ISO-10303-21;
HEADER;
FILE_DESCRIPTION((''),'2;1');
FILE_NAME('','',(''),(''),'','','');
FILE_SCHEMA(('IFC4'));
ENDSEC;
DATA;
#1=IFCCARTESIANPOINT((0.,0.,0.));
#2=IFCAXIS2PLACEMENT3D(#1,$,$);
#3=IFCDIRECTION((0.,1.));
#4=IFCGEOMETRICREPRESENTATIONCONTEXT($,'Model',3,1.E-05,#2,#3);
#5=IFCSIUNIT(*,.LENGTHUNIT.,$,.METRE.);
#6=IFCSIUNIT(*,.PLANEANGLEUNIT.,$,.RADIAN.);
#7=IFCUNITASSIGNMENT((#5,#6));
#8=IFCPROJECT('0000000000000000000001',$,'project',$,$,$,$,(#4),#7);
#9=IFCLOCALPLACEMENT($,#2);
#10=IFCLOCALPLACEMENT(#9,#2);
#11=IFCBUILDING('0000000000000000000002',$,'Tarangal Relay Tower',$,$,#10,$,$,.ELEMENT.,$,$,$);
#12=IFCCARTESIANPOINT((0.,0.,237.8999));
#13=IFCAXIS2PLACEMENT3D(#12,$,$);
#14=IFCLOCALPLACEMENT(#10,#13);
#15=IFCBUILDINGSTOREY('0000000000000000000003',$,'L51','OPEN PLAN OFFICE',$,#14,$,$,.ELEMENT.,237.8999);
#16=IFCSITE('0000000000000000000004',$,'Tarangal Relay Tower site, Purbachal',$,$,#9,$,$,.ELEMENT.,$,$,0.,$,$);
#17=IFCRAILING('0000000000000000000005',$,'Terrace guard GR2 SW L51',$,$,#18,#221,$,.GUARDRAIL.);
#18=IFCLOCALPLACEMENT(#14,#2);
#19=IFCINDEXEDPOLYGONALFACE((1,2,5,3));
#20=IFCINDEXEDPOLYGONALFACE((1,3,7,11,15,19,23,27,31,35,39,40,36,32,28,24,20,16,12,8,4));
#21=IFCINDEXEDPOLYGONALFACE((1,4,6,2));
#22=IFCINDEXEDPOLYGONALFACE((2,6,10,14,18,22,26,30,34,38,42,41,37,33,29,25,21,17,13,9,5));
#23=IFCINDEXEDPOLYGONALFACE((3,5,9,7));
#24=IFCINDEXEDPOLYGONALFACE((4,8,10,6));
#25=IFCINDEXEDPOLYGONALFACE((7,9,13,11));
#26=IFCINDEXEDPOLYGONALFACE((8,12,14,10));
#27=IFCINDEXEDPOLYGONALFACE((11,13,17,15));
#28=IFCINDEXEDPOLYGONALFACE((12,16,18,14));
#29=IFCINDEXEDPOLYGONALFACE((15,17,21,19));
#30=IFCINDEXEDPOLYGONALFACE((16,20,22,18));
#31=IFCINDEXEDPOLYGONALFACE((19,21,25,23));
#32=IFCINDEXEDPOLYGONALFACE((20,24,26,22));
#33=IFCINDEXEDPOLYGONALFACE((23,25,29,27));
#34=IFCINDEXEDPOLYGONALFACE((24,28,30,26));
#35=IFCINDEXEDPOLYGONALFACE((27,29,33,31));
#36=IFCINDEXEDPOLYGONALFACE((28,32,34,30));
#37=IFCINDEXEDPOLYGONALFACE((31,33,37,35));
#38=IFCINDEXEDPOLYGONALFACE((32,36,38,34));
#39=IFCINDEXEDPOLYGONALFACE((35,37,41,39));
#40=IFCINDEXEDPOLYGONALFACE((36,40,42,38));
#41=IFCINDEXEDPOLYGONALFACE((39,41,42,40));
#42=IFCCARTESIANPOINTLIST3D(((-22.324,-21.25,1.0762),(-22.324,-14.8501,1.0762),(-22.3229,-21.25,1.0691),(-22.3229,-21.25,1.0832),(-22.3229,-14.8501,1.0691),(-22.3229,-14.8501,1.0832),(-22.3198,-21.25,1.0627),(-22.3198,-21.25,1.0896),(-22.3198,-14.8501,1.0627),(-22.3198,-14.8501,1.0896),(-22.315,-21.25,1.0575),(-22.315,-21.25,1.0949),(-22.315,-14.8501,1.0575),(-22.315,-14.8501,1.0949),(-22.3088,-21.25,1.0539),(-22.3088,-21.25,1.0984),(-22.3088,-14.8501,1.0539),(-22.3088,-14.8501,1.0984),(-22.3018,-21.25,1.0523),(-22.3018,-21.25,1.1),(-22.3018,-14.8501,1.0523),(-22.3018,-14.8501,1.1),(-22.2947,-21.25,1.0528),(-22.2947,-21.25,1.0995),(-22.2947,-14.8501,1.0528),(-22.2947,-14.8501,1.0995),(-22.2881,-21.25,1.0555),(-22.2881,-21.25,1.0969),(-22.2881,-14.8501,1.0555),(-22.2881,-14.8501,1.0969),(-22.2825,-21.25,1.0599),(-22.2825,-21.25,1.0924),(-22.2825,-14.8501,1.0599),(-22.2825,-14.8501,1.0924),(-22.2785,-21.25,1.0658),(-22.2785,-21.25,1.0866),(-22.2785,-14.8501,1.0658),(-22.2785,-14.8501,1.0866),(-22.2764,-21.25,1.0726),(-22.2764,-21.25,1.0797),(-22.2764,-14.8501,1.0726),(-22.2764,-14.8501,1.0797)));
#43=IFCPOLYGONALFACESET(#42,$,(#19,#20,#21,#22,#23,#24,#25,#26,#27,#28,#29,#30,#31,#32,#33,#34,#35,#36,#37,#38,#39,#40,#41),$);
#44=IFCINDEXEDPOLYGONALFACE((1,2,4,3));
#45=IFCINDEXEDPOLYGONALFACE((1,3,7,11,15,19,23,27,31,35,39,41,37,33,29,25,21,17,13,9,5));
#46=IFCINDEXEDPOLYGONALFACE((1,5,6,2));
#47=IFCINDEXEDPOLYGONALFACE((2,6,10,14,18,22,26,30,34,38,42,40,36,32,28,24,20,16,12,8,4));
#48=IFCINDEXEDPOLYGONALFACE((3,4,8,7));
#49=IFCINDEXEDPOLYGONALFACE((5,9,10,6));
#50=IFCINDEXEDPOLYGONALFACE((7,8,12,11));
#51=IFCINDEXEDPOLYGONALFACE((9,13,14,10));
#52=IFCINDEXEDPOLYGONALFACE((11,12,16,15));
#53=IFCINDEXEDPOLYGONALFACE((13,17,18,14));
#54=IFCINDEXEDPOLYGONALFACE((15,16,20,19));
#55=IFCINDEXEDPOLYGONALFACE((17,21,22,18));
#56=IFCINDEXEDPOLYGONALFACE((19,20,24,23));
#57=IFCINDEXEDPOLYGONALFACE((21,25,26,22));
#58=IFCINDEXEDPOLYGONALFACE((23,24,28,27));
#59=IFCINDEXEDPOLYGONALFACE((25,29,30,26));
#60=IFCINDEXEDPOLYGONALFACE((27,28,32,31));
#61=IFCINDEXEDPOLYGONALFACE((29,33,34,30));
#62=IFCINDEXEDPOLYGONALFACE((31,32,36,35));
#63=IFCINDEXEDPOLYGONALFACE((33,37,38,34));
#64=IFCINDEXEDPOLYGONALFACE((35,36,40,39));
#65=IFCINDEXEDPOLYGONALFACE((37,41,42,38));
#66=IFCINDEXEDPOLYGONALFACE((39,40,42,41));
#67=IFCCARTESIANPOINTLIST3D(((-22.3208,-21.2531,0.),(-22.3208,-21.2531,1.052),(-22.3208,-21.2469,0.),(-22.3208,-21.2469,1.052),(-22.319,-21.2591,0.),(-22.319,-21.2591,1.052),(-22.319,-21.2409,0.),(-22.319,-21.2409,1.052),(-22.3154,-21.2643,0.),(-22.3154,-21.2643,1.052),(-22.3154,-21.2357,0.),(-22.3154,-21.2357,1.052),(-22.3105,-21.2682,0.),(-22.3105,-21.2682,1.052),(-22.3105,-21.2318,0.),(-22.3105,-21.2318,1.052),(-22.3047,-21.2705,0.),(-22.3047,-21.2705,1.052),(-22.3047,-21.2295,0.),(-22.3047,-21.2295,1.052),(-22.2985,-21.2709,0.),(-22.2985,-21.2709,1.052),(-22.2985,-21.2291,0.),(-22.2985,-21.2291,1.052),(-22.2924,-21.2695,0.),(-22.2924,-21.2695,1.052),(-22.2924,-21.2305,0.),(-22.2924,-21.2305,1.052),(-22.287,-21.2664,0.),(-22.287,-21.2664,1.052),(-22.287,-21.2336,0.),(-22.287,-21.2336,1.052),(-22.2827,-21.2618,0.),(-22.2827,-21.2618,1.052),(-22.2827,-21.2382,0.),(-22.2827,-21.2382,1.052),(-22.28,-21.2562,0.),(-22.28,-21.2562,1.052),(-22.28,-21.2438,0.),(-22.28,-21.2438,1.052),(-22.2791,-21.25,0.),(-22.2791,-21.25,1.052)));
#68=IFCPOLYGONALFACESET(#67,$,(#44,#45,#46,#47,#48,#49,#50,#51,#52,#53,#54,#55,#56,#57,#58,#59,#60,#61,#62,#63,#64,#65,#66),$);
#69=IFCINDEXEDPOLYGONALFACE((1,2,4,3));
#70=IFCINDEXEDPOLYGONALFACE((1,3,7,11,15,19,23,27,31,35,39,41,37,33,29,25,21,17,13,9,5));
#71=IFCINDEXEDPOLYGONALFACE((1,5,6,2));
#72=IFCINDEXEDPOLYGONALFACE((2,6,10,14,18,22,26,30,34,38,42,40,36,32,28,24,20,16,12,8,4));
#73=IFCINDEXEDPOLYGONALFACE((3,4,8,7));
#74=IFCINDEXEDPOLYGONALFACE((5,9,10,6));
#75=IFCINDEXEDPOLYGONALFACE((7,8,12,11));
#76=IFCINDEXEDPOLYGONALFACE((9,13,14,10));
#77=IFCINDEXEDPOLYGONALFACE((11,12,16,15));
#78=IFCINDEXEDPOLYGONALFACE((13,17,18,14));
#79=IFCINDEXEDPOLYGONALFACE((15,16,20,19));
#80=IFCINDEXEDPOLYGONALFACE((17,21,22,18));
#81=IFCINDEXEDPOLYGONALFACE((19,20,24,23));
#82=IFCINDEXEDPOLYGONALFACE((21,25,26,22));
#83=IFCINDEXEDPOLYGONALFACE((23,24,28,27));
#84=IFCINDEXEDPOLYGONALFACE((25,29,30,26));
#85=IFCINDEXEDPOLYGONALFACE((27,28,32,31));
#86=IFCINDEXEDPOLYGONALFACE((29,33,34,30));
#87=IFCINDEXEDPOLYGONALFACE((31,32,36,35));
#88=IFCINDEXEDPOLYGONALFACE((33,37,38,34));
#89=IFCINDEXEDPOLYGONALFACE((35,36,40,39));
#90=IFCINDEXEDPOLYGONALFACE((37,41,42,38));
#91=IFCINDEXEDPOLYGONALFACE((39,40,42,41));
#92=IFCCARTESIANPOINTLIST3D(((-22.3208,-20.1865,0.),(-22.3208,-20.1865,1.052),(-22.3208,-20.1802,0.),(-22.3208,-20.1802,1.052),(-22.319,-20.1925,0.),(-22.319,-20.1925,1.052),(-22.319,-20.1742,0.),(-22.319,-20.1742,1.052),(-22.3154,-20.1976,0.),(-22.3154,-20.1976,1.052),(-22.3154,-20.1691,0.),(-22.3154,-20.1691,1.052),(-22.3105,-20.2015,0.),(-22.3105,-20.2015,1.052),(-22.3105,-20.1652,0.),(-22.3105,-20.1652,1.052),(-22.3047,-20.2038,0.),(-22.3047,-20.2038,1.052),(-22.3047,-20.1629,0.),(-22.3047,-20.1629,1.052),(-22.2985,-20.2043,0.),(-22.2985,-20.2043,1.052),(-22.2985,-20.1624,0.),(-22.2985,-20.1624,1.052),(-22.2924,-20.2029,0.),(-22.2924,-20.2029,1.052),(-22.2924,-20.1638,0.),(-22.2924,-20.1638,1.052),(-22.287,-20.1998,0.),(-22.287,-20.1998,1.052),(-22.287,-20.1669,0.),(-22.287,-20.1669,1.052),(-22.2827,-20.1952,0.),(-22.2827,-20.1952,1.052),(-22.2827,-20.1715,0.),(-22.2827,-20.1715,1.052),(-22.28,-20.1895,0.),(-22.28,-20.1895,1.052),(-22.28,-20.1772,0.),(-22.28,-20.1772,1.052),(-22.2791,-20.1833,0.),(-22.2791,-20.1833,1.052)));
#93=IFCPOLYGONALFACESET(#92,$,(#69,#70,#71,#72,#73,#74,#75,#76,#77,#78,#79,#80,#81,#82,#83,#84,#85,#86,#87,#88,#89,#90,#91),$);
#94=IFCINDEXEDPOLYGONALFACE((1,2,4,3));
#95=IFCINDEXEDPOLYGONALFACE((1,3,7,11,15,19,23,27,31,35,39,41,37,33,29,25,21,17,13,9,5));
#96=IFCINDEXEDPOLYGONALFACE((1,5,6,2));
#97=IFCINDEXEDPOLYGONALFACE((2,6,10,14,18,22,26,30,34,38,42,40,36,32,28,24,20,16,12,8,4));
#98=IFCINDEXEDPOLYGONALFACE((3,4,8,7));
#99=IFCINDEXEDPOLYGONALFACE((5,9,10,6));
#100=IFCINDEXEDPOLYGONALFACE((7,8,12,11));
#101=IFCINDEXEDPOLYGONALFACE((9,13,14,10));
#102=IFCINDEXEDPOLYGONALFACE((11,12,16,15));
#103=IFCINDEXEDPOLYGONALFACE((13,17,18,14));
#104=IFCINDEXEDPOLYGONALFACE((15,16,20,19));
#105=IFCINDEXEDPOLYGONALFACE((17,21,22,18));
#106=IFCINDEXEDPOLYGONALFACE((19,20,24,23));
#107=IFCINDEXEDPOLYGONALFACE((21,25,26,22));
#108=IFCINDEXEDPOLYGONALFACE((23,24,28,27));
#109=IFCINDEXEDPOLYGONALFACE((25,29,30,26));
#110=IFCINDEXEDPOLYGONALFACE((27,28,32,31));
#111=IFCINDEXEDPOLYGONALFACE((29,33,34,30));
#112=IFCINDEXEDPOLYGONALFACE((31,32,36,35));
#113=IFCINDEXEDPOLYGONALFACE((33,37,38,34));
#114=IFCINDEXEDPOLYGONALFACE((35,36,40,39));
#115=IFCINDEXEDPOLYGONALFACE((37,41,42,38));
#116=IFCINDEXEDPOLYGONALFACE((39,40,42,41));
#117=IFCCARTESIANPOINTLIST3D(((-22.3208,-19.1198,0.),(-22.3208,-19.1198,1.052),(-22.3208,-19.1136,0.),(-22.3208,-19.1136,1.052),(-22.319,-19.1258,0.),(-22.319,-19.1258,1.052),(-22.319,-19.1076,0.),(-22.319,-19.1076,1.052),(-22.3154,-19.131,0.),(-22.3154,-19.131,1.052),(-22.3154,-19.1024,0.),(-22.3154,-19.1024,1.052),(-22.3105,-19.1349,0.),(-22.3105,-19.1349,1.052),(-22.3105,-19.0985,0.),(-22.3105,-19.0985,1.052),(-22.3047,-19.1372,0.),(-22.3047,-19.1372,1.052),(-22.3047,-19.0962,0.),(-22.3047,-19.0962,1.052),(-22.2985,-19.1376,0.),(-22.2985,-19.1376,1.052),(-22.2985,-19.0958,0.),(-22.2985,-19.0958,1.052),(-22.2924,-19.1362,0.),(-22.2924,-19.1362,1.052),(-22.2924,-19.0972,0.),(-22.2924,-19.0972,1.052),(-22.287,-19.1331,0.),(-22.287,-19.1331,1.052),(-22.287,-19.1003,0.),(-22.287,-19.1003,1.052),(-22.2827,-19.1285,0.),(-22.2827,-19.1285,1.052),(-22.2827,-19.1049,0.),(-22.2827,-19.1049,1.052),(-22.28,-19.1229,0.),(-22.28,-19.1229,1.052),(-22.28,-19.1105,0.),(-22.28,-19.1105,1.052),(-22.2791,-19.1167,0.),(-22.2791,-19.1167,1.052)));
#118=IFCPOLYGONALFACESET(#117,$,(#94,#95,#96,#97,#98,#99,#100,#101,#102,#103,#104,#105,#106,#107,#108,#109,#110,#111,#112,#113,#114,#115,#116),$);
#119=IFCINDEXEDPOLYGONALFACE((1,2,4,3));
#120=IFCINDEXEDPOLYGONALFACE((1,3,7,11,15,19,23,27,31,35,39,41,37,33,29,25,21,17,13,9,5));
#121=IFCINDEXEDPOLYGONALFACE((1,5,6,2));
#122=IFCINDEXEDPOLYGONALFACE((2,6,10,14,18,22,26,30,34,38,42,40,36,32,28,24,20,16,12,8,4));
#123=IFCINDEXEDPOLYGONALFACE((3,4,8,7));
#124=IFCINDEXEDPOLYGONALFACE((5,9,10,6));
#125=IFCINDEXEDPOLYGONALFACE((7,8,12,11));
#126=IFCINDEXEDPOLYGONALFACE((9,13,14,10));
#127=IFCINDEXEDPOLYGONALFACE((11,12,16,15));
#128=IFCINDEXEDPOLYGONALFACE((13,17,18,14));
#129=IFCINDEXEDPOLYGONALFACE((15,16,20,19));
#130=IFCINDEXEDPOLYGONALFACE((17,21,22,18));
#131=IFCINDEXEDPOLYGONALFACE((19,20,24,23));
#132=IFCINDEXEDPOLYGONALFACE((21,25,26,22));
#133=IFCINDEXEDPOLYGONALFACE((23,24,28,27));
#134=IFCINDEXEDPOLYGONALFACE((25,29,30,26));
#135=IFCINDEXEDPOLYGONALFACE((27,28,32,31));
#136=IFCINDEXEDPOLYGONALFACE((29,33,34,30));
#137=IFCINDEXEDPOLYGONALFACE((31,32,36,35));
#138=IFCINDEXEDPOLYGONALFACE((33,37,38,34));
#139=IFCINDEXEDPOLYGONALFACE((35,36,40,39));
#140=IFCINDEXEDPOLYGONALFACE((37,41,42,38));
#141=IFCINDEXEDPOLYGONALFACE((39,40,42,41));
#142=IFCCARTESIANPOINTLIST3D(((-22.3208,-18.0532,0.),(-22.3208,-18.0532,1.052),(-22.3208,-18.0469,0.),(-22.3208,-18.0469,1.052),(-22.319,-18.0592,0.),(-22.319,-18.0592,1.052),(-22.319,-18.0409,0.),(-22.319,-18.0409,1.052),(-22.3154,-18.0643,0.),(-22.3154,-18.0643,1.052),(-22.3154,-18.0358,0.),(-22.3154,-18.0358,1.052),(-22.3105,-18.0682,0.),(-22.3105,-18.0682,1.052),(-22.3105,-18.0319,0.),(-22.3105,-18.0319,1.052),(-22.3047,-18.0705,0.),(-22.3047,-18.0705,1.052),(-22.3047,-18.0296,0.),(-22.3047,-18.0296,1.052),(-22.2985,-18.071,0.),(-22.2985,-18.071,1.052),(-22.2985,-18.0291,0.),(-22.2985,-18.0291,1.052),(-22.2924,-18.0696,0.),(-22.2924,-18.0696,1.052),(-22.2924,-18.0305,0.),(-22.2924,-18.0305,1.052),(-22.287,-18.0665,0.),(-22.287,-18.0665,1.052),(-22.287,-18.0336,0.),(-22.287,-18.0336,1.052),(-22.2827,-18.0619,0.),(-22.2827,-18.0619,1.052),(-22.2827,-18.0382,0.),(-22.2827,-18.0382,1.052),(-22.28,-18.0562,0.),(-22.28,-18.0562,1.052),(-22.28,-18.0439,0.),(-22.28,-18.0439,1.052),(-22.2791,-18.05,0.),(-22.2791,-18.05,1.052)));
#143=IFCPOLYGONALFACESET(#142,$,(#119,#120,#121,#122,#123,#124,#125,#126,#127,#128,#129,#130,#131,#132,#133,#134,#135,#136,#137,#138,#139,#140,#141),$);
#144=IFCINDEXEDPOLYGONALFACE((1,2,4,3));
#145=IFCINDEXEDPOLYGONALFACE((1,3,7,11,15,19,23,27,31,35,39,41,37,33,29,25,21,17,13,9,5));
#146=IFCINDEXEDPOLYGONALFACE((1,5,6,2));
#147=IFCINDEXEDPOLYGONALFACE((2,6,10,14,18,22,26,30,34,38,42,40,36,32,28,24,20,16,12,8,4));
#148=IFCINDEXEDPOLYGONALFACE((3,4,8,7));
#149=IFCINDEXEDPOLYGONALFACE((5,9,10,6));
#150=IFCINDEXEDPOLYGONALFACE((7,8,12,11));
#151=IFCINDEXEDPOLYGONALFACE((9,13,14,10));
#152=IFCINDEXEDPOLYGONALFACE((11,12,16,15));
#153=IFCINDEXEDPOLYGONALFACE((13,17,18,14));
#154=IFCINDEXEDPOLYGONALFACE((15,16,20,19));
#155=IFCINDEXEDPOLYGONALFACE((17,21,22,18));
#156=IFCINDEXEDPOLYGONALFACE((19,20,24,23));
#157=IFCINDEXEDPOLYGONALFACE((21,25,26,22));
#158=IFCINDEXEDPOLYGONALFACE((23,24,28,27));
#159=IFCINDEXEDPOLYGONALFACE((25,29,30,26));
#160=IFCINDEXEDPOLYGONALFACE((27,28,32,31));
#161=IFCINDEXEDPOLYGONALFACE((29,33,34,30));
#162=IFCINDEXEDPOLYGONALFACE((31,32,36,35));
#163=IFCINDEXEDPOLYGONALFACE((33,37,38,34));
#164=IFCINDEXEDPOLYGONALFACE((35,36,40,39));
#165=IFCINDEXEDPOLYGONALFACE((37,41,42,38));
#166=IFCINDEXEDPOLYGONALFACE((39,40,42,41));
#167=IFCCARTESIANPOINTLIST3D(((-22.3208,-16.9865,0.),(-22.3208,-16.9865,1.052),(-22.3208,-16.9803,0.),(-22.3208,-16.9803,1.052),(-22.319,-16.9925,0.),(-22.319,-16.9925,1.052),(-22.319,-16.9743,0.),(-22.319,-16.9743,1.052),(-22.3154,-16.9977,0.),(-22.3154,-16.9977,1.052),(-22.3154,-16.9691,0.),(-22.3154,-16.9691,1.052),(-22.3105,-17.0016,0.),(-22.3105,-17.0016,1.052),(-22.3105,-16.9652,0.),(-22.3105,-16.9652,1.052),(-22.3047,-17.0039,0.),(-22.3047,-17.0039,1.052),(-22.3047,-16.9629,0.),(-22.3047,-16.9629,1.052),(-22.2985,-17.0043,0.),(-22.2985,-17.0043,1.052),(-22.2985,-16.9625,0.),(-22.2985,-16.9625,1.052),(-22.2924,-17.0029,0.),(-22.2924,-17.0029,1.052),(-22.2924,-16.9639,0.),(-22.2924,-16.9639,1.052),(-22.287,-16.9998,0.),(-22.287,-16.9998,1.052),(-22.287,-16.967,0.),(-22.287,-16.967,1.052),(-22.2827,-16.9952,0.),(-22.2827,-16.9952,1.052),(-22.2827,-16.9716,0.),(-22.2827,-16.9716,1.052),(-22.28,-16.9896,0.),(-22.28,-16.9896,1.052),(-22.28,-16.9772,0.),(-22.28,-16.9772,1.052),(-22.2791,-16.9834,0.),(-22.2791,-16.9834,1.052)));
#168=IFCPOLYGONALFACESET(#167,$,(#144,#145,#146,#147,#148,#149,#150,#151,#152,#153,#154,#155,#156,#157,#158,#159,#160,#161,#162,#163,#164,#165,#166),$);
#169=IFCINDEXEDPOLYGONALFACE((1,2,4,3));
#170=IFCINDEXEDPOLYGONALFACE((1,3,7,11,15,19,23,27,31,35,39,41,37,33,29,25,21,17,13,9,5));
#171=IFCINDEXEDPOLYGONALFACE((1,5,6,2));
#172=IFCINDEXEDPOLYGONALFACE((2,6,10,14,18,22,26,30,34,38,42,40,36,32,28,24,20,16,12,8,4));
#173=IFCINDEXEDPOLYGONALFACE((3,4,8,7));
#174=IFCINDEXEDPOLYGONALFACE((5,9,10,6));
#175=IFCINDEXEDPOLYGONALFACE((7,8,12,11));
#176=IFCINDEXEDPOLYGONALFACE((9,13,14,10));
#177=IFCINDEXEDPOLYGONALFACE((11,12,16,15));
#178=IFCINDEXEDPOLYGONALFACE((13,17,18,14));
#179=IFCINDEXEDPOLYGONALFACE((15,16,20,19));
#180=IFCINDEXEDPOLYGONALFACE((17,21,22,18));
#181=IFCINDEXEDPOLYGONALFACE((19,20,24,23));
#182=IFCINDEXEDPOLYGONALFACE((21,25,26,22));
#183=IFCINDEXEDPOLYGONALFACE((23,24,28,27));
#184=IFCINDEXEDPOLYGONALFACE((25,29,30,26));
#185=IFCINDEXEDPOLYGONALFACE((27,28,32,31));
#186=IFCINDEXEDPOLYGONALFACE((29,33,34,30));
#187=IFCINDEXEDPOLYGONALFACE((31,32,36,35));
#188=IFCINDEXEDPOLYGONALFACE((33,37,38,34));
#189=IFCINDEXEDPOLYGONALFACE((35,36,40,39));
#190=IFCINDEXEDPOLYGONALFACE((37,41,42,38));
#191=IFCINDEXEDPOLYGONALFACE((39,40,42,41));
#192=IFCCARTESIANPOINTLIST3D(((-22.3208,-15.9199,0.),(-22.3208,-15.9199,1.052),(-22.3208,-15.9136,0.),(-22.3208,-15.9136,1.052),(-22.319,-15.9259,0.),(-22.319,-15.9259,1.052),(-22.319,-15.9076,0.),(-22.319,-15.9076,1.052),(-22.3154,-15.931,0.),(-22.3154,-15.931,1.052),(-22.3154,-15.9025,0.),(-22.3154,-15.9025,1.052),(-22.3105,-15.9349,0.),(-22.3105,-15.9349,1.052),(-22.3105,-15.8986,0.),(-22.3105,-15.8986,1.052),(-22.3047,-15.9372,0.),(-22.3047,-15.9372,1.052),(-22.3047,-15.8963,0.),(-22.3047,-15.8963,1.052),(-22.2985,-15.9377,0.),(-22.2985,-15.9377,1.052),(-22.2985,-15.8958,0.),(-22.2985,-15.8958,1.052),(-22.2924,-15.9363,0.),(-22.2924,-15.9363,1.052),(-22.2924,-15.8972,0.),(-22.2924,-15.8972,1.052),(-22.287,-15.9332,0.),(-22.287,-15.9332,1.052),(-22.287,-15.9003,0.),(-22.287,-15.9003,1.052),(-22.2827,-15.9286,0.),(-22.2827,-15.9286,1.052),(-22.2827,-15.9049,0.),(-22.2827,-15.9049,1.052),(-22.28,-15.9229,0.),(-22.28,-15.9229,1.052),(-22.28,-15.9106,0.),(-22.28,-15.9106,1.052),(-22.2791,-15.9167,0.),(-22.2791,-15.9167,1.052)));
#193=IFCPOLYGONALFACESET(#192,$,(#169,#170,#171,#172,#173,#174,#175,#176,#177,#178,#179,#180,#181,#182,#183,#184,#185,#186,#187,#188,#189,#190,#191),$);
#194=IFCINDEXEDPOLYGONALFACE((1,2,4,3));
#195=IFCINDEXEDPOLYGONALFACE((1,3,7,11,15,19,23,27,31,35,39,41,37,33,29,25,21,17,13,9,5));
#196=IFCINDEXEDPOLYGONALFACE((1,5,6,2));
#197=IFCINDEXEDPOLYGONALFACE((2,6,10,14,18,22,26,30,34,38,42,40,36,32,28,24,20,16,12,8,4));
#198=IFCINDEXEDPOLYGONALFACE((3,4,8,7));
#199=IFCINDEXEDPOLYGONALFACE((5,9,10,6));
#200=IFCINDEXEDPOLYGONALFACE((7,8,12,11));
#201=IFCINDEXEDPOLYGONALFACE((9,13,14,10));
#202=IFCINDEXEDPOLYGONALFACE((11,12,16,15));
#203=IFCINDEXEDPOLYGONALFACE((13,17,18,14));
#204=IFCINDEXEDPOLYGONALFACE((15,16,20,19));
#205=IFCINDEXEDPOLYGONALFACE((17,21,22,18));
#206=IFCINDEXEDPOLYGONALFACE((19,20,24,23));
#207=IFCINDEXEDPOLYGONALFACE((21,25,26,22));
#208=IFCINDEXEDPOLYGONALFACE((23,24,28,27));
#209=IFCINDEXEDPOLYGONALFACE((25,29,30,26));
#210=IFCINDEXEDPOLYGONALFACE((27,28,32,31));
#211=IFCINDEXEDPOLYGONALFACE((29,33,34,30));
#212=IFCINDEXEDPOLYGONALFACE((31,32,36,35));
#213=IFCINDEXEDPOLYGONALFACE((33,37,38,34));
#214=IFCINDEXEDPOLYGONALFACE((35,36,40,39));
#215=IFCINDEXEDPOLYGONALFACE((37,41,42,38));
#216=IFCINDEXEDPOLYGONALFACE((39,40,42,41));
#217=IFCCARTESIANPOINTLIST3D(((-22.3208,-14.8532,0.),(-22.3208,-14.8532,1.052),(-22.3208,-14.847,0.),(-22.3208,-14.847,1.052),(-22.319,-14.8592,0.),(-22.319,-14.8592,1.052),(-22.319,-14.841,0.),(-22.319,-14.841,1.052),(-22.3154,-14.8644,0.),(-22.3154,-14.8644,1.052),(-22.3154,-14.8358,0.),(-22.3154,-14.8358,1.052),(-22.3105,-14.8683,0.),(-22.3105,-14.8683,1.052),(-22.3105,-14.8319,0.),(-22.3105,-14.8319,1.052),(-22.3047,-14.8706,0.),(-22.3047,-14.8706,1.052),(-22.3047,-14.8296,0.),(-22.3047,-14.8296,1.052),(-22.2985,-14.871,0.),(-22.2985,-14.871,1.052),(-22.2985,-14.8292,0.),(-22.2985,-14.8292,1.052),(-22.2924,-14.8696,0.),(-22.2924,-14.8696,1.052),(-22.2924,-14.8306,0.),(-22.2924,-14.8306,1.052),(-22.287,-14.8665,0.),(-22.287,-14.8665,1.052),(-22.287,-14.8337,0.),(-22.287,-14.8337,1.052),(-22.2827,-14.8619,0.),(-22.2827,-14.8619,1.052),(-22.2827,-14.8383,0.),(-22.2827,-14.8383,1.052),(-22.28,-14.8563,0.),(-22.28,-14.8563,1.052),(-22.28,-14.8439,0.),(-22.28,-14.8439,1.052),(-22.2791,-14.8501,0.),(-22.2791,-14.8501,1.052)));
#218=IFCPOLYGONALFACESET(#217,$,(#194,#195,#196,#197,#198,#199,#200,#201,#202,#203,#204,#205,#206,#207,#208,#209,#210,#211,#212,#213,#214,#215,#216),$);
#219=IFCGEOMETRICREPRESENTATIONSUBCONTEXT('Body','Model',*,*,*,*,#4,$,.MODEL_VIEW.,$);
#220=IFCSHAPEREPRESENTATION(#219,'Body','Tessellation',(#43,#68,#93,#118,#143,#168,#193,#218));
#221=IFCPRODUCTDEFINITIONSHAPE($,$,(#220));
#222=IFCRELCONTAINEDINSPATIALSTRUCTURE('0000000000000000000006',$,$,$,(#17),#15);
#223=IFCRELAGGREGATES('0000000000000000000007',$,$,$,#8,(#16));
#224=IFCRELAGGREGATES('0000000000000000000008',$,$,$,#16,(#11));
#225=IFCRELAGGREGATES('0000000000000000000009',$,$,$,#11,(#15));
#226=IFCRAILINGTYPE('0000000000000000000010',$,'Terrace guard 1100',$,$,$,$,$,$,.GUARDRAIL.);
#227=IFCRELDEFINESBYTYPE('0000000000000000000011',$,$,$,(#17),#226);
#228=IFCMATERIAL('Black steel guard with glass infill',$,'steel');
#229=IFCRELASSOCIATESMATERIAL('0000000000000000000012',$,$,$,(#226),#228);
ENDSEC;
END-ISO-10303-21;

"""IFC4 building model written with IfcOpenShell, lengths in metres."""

from ifc_helpers import new_model, si_unit, direction, frame, origin, origin_2d, place, context, subcontext, project, spatial, circle, extrude, material, type_object, element, save


model = new_model("IFC4")

# Units and contexts
model_context = context("Model", 3, precision=1e-05, world=origin(), true_north=direction((0.0, 1.0)))
body_context = subcontext(model_context, "Body", "Model", "MODEL_VIEW")
ifc_project = project(units=[si_unit("LENGTHUNIT", "METRE"), si_unit("PLANEANGLEUNIT", "RADIAN")], contexts=[model_context])

# Site, building, storey
site_placement = place(None, origin())
site = spatial("IfcSite", under=ifc_project, at=site_placement, Name="Tarangal Relay Tower site, Purbachal", CompositionType="ELEMENT", RefElevation=0.0)
building_placement = place(site_placement, origin())
building = spatial("IfcBuilding", under=site, at=building_placement, Name="Tarangal Relay Tower", CompositionType="ELEMENT")
storey_placement = place(building_placement, frame((0.0, 0.0, 237.8999)))
storey = spatial("IfcBuildingStorey", under=building, at=storey_placement, Name="L51", Description="OPEN PLAN OFFICE", CompositionType="ELEMENT", Elevation=237.8999)

# Railing
ifc_material_1 = material(Name="Black steel guard with glass infill", Category="steel")
railing_type = type_object("IfcRailingType", Name="Terrace guard 1100", PredefinedType="GUARDRAIL", material=ifc_material_1)
railing_1_placement = place(storey_placement, frame((-22.3, -21.25, 0.0)))
element("IfcRailing", 1, at=railing_1_placement, inside=storey, type_object=railing_type, Name="Terrace guard GR2 SW L51", PredefinedType="GUARDRAIL", context=body_context, shape_type="SweptSolid", body=[
    extrude(circle(Radius=0.0239, at=origin_2d()), frame((0.0, 0.0, 1.0762), z_axis=(0.0, 1.0, 0.0), x_axis=(-1.0, 0.0, 0.0)), (0.0, 0.0, 1.0), 6.3999),
    extrude(circle(Radius=0.021, at=origin_2d()), origin(), (0.0, 0.0, 1.0), 1.052),
    extrude(circle(Radius=0.021, at=origin_2d()), frame((0.0, 1.0667, 0.0)), (0.0, 0.0, 1.0), 1.052),
    extrude(circle(Radius=0.021, at=origin_2d()), frame((0.0, 2.1333, 0.0)), (0.0, 0.0, 1.0), 1.052),
    extrude(circle(Radius=0.021, at=origin_2d()), frame((0.0, 3.2, 0.0)), (0.0, 0.0, 1.0), 1.052),
    extrude(circle(Radius=0.021, at=origin_2d()), frame((0.0, 4.2666, 0.0)), (0.0, 0.0, 1.0), 1.052),
    extrude(circle(Radius=0.021, at=origin_2d()), frame((0.0, 5.3333, 0.0)), (0.0, 0.0, 1.0), 1.052),
    extrude(circle(Radius=0.021, at=origin_2d()), frame((0.0, 6.3999, 0.0)), (0.0, 0.0, 1.0), 1.052),
])

save(model, "model.ifc")
